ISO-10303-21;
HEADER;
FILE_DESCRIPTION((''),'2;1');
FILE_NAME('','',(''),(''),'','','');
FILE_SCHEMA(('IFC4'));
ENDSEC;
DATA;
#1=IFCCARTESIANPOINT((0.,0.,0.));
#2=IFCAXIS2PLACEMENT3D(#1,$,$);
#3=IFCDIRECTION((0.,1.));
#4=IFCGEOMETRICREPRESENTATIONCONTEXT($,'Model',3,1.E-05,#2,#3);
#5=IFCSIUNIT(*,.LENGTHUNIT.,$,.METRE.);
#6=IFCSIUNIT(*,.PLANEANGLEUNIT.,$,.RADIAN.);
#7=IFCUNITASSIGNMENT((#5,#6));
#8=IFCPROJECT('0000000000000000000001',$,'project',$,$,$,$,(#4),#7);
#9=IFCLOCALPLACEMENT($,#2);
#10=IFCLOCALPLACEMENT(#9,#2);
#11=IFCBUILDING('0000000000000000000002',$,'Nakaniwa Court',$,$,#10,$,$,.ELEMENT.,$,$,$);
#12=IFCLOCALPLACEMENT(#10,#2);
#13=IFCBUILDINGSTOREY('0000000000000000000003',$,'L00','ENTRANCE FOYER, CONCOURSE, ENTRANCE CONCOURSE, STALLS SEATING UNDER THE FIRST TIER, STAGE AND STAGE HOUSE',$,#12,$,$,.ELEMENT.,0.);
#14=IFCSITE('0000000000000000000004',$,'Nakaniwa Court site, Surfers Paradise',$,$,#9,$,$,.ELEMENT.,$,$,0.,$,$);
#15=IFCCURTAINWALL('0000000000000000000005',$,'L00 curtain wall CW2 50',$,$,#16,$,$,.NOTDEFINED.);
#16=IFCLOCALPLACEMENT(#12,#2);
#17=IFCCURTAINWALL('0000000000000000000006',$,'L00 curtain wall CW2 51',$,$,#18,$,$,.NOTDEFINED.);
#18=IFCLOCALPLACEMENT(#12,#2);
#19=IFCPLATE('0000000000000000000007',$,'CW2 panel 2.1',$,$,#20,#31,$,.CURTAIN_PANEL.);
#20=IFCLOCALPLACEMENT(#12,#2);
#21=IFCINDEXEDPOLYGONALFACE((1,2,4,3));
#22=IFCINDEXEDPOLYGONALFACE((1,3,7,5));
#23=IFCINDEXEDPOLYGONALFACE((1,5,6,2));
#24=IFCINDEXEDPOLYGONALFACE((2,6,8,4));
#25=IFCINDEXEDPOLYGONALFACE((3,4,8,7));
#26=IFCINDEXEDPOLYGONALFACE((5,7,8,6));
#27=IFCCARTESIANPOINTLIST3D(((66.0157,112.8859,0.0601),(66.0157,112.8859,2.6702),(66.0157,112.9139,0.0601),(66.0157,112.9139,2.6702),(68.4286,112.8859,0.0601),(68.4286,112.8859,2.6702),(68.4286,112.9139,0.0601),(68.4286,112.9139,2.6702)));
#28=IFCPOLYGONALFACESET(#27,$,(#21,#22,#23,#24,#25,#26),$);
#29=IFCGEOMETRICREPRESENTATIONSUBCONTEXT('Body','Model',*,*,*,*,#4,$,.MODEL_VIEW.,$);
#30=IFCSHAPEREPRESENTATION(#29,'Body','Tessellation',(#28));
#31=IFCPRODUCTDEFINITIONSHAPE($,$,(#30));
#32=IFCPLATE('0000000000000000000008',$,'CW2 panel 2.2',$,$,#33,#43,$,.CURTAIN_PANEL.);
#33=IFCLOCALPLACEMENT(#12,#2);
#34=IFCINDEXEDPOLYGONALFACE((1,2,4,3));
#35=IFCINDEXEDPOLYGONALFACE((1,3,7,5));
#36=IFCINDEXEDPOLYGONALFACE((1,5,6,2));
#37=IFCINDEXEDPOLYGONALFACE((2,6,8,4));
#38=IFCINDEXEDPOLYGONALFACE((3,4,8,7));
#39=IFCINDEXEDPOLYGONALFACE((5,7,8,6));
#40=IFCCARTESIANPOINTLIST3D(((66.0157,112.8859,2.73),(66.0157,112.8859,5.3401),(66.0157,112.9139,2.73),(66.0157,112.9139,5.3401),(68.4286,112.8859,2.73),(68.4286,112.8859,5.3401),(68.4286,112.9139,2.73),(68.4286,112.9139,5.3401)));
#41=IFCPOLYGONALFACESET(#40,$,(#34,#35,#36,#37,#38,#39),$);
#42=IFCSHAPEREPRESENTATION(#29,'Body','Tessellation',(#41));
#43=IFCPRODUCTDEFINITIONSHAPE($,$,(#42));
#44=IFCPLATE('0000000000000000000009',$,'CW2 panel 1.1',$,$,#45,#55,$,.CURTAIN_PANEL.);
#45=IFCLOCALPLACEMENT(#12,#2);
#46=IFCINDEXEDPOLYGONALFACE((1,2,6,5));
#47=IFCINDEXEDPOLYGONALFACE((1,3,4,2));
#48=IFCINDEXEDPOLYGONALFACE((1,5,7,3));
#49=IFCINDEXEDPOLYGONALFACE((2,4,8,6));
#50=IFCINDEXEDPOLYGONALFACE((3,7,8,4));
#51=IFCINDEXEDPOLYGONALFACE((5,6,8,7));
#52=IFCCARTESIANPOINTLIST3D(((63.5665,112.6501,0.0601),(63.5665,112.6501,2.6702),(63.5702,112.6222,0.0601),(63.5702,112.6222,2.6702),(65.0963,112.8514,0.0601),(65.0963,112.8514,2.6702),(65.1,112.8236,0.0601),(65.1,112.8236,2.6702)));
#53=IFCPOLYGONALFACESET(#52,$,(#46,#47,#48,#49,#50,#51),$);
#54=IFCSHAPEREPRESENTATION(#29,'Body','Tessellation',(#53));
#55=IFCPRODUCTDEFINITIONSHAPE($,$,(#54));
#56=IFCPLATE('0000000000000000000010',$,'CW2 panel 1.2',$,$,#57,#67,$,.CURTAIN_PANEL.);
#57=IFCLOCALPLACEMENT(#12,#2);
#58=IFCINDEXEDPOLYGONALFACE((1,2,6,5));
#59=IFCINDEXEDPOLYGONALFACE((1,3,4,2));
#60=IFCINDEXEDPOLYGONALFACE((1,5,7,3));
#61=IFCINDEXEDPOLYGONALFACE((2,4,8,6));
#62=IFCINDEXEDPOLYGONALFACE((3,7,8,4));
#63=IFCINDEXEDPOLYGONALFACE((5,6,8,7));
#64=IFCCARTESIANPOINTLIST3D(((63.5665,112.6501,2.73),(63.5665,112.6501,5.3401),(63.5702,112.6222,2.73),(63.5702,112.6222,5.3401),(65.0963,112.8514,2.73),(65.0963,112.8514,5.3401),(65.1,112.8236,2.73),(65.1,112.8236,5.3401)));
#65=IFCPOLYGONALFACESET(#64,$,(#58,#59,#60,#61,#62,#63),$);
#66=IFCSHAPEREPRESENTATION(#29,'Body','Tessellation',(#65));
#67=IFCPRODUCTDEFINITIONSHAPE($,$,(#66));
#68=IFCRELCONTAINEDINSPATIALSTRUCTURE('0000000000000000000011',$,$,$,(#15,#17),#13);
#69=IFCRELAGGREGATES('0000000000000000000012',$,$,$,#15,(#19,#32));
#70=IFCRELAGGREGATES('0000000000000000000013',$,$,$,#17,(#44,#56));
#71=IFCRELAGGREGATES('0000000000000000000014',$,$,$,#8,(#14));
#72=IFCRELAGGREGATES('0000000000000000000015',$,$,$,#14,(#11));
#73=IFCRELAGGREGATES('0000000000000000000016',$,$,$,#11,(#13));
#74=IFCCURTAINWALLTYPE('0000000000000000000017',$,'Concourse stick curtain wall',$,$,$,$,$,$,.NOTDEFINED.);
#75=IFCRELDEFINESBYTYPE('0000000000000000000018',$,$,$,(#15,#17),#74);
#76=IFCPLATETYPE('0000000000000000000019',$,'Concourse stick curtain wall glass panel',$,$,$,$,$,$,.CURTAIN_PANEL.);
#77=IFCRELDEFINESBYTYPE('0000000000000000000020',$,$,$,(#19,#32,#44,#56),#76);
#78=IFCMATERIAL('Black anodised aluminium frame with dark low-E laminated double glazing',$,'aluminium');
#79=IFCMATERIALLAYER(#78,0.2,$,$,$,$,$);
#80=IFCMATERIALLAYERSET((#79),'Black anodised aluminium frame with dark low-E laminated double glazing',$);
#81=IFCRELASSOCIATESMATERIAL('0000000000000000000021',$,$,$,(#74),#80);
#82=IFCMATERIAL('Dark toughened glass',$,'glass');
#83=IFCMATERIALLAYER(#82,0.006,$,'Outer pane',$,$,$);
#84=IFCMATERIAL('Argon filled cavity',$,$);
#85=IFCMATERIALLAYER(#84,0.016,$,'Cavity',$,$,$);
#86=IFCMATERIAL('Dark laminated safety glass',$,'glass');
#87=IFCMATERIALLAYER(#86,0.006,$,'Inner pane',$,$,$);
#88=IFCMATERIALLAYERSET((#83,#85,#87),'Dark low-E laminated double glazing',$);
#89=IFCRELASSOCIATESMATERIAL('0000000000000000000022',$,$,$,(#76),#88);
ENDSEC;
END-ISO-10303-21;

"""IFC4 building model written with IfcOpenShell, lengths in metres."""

from ifc_helpers import new_model, si_unit, direction, frame, origin, origin_2d, place, context, subcontext, project, spatial, rectangle, extrude, material, layer, layer_set, type_object, element, aggregate, save


model = new_model("IFC4")

# Units and contexts
model_context = context("Model", 3, precision=1e-05, world=origin(), true_north=direction((0.0, 1.0)))
body_context = subcontext(model_context, "Body", "Model", "MODEL_VIEW")
ifc_project = project(units=[si_unit("LENGTHUNIT", "METRE"), si_unit("PLANEANGLEUNIT", "RADIAN")], contexts=[model_context])

# Site, building, storey
site_placement = place(None, origin())
site = spatial("IfcSite", under=ifc_project, at=site_placement, Name="Nakaniwa Court site, Surfers Paradise", CompositionType="ELEMENT", RefElevation=0.0)
building_placement = place(site_placement, origin())
building = spatial("IfcBuilding", under=site, at=building_placement, Name="Nakaniwa Court", CompositionType="ELEMENT")
storey_placement = place(building_placement, origin())
storey = spatial("IfcBuildingStorey", under=building, at=storey_placement, Name="L00", Description="ENTRANCE FOYER, CONCOURSE, ENTRANCE CONCOURSE, STALLS SEATING UNDER THE FIRST TIER, STAGE AND STAGE HOUSE", CompositionType="ELEMENT", Elevation=0.0)

# Curtain walls
ifc_material_1 = material(Name="Black anodised aluminium frame with dark low-E laminated double glazing", Category="aluminium")
ifc_layer_1 = layer(ifc_material_1, 0.2)
ifc_layer_set_1 = layer_set([ifc_layer_1], Name="Black anodised aluminium frame with dark low-E laminated double glazing")
curtain_wall_type = type_object("IfcCurtainWallType", Name="Concourse stick curtain wall", PredefinedType="NOTDEFINED", material=ifc_layer_set_1)
curtain_wall_1_placement = place(storey_placement, origin())
curtain_wall_1 = element("IfcCurtainWall", 1, at=curtain_wall_1_placement, inside=storey, type_object=curtain_wall_type, Name="L00 curtain wall CW2 50", PredefinedType="NOTDEFINED")
curtain_wall_2_placement = place(storey_placement, origin())
curtain_wall_2 = element("IfcCurtainWall", 2, at=curtain_wall_2_placement, inside=storey, type_object=curtain_wall_type, Name="L00 curtain wall CW2 51", PredefinedType="NOTDEFINED")

# Plates
ifc_material_2 = material(Name="Dark toughened glass", Category="glass")
ifc_layer_2 = layer(ifc_material_2, 0.006, Name="Outer pane")
ifc_material_3 = material(Name="Argon filled cavity")
ifc_layer_3 = layer(ifc_material_3, 0.016, Name="Cavity")
ifc_material_4 = material(Name="Dark laminated safety glass", Category="glass")
ifc_layer_4 = layer(ifc_material_4, 0.006, Name="Inner pane")
ifc_layer_set_2 = layer_set([ifc_layer_2, ifc_layer_3, ifc_layer_4], Name="Dark low-E laminated double glazing")
plate_type = type_object("IfcPlateType", Name="Concourse stick curtain wall glass panel", PredefinedType="CURTAIN_PANEL", material=ifc_layer_set_2)
plate_1_placement = place(storey_placement, frame((67.2222, 112.8999, 0.0601), z_axis=(0.0, 0.0, 1.0), x_axis=(-1.0, 0.0, 0.0)))
plate_1 = element("IfcPlate", 3, at=plate_1_placement, type_object=plate_type, Name="CW2 panel 2.1", PredefinedType="CURTAIN_PANEL", context=body_context, shape_type="SweptSolid", body=[
    extrude(rectangle(XDim=2.4128, YDim=0.0281, at=origin_2d()), origin(), (0.0, 0.0, 1.0), 2.6101),
])
plate_2_placement = place(storey_placement, frame((67.2222, 112.8999, 2.73), z_axis=(0.0, 0.0, 1.0), x_axis=(-1.0, 0.0, 0.0)))
plate_2 = element("IfcPlate", 4, at=plate_2_placement, type_object=plate_type, Name="CW2 panel 2.2", PredefinedType="CURTAIN_PANEL", context=body_context, shape_type="SweptSolid", body=[
    extrude(rectangle(XDim=2.4128, YDim=0.0281, at=origin_2d()), origin(), (0.0, 0.0, 1.0), 2.6101),
])
aggregate(curtain_wall_1, [plate_1, plate_2])
plate_3_placement = place(storey_placement, frame((64.3333, 112.7368, 0.0601), z_axis=(0.0, 0.0, 1.0), x_axis=(-0.991449, -0.130493, 0.0)))
plate_3 = element("IfcPlate", 5, at=plate_3_placement, type_object=plate_type, Name="CW2 panel 1.1", PredefinedType="CURTAIN_PANEL", context=body_context, shape_type="SweptSolid", body=[
    extrude(rectangle(XDim=1.543, YDim=0.0281, at=origin_2d()), origin(), (0.0, 0.0, 1.0), 2.6101),
])
plate_4_placement = place(storey_placement, frame((64.3333, 112.7368, 2.73), z_axis=(0.0, 0.0, 1.0), x_axis=(-0.991449, -0.130493, 0.0)))
plate_4 = element("IfcPlate", 6, at=plate_4_placement, type_object=plate_type, Name="CW2 panel 1.2", PredefinedType="CURTAIN_PANEL", context=body_context, shape_type="SweptSolid", body=[
    extrude(rectangle(XDim=1.543, YDim=0.0281, at=origin_2d()), origin(), (0.0, 0.0, 1.0), 2.6101),
])
aggregate(curtain_wall_2, [plate_3, plate_4])

save(model, "model.ifc")
